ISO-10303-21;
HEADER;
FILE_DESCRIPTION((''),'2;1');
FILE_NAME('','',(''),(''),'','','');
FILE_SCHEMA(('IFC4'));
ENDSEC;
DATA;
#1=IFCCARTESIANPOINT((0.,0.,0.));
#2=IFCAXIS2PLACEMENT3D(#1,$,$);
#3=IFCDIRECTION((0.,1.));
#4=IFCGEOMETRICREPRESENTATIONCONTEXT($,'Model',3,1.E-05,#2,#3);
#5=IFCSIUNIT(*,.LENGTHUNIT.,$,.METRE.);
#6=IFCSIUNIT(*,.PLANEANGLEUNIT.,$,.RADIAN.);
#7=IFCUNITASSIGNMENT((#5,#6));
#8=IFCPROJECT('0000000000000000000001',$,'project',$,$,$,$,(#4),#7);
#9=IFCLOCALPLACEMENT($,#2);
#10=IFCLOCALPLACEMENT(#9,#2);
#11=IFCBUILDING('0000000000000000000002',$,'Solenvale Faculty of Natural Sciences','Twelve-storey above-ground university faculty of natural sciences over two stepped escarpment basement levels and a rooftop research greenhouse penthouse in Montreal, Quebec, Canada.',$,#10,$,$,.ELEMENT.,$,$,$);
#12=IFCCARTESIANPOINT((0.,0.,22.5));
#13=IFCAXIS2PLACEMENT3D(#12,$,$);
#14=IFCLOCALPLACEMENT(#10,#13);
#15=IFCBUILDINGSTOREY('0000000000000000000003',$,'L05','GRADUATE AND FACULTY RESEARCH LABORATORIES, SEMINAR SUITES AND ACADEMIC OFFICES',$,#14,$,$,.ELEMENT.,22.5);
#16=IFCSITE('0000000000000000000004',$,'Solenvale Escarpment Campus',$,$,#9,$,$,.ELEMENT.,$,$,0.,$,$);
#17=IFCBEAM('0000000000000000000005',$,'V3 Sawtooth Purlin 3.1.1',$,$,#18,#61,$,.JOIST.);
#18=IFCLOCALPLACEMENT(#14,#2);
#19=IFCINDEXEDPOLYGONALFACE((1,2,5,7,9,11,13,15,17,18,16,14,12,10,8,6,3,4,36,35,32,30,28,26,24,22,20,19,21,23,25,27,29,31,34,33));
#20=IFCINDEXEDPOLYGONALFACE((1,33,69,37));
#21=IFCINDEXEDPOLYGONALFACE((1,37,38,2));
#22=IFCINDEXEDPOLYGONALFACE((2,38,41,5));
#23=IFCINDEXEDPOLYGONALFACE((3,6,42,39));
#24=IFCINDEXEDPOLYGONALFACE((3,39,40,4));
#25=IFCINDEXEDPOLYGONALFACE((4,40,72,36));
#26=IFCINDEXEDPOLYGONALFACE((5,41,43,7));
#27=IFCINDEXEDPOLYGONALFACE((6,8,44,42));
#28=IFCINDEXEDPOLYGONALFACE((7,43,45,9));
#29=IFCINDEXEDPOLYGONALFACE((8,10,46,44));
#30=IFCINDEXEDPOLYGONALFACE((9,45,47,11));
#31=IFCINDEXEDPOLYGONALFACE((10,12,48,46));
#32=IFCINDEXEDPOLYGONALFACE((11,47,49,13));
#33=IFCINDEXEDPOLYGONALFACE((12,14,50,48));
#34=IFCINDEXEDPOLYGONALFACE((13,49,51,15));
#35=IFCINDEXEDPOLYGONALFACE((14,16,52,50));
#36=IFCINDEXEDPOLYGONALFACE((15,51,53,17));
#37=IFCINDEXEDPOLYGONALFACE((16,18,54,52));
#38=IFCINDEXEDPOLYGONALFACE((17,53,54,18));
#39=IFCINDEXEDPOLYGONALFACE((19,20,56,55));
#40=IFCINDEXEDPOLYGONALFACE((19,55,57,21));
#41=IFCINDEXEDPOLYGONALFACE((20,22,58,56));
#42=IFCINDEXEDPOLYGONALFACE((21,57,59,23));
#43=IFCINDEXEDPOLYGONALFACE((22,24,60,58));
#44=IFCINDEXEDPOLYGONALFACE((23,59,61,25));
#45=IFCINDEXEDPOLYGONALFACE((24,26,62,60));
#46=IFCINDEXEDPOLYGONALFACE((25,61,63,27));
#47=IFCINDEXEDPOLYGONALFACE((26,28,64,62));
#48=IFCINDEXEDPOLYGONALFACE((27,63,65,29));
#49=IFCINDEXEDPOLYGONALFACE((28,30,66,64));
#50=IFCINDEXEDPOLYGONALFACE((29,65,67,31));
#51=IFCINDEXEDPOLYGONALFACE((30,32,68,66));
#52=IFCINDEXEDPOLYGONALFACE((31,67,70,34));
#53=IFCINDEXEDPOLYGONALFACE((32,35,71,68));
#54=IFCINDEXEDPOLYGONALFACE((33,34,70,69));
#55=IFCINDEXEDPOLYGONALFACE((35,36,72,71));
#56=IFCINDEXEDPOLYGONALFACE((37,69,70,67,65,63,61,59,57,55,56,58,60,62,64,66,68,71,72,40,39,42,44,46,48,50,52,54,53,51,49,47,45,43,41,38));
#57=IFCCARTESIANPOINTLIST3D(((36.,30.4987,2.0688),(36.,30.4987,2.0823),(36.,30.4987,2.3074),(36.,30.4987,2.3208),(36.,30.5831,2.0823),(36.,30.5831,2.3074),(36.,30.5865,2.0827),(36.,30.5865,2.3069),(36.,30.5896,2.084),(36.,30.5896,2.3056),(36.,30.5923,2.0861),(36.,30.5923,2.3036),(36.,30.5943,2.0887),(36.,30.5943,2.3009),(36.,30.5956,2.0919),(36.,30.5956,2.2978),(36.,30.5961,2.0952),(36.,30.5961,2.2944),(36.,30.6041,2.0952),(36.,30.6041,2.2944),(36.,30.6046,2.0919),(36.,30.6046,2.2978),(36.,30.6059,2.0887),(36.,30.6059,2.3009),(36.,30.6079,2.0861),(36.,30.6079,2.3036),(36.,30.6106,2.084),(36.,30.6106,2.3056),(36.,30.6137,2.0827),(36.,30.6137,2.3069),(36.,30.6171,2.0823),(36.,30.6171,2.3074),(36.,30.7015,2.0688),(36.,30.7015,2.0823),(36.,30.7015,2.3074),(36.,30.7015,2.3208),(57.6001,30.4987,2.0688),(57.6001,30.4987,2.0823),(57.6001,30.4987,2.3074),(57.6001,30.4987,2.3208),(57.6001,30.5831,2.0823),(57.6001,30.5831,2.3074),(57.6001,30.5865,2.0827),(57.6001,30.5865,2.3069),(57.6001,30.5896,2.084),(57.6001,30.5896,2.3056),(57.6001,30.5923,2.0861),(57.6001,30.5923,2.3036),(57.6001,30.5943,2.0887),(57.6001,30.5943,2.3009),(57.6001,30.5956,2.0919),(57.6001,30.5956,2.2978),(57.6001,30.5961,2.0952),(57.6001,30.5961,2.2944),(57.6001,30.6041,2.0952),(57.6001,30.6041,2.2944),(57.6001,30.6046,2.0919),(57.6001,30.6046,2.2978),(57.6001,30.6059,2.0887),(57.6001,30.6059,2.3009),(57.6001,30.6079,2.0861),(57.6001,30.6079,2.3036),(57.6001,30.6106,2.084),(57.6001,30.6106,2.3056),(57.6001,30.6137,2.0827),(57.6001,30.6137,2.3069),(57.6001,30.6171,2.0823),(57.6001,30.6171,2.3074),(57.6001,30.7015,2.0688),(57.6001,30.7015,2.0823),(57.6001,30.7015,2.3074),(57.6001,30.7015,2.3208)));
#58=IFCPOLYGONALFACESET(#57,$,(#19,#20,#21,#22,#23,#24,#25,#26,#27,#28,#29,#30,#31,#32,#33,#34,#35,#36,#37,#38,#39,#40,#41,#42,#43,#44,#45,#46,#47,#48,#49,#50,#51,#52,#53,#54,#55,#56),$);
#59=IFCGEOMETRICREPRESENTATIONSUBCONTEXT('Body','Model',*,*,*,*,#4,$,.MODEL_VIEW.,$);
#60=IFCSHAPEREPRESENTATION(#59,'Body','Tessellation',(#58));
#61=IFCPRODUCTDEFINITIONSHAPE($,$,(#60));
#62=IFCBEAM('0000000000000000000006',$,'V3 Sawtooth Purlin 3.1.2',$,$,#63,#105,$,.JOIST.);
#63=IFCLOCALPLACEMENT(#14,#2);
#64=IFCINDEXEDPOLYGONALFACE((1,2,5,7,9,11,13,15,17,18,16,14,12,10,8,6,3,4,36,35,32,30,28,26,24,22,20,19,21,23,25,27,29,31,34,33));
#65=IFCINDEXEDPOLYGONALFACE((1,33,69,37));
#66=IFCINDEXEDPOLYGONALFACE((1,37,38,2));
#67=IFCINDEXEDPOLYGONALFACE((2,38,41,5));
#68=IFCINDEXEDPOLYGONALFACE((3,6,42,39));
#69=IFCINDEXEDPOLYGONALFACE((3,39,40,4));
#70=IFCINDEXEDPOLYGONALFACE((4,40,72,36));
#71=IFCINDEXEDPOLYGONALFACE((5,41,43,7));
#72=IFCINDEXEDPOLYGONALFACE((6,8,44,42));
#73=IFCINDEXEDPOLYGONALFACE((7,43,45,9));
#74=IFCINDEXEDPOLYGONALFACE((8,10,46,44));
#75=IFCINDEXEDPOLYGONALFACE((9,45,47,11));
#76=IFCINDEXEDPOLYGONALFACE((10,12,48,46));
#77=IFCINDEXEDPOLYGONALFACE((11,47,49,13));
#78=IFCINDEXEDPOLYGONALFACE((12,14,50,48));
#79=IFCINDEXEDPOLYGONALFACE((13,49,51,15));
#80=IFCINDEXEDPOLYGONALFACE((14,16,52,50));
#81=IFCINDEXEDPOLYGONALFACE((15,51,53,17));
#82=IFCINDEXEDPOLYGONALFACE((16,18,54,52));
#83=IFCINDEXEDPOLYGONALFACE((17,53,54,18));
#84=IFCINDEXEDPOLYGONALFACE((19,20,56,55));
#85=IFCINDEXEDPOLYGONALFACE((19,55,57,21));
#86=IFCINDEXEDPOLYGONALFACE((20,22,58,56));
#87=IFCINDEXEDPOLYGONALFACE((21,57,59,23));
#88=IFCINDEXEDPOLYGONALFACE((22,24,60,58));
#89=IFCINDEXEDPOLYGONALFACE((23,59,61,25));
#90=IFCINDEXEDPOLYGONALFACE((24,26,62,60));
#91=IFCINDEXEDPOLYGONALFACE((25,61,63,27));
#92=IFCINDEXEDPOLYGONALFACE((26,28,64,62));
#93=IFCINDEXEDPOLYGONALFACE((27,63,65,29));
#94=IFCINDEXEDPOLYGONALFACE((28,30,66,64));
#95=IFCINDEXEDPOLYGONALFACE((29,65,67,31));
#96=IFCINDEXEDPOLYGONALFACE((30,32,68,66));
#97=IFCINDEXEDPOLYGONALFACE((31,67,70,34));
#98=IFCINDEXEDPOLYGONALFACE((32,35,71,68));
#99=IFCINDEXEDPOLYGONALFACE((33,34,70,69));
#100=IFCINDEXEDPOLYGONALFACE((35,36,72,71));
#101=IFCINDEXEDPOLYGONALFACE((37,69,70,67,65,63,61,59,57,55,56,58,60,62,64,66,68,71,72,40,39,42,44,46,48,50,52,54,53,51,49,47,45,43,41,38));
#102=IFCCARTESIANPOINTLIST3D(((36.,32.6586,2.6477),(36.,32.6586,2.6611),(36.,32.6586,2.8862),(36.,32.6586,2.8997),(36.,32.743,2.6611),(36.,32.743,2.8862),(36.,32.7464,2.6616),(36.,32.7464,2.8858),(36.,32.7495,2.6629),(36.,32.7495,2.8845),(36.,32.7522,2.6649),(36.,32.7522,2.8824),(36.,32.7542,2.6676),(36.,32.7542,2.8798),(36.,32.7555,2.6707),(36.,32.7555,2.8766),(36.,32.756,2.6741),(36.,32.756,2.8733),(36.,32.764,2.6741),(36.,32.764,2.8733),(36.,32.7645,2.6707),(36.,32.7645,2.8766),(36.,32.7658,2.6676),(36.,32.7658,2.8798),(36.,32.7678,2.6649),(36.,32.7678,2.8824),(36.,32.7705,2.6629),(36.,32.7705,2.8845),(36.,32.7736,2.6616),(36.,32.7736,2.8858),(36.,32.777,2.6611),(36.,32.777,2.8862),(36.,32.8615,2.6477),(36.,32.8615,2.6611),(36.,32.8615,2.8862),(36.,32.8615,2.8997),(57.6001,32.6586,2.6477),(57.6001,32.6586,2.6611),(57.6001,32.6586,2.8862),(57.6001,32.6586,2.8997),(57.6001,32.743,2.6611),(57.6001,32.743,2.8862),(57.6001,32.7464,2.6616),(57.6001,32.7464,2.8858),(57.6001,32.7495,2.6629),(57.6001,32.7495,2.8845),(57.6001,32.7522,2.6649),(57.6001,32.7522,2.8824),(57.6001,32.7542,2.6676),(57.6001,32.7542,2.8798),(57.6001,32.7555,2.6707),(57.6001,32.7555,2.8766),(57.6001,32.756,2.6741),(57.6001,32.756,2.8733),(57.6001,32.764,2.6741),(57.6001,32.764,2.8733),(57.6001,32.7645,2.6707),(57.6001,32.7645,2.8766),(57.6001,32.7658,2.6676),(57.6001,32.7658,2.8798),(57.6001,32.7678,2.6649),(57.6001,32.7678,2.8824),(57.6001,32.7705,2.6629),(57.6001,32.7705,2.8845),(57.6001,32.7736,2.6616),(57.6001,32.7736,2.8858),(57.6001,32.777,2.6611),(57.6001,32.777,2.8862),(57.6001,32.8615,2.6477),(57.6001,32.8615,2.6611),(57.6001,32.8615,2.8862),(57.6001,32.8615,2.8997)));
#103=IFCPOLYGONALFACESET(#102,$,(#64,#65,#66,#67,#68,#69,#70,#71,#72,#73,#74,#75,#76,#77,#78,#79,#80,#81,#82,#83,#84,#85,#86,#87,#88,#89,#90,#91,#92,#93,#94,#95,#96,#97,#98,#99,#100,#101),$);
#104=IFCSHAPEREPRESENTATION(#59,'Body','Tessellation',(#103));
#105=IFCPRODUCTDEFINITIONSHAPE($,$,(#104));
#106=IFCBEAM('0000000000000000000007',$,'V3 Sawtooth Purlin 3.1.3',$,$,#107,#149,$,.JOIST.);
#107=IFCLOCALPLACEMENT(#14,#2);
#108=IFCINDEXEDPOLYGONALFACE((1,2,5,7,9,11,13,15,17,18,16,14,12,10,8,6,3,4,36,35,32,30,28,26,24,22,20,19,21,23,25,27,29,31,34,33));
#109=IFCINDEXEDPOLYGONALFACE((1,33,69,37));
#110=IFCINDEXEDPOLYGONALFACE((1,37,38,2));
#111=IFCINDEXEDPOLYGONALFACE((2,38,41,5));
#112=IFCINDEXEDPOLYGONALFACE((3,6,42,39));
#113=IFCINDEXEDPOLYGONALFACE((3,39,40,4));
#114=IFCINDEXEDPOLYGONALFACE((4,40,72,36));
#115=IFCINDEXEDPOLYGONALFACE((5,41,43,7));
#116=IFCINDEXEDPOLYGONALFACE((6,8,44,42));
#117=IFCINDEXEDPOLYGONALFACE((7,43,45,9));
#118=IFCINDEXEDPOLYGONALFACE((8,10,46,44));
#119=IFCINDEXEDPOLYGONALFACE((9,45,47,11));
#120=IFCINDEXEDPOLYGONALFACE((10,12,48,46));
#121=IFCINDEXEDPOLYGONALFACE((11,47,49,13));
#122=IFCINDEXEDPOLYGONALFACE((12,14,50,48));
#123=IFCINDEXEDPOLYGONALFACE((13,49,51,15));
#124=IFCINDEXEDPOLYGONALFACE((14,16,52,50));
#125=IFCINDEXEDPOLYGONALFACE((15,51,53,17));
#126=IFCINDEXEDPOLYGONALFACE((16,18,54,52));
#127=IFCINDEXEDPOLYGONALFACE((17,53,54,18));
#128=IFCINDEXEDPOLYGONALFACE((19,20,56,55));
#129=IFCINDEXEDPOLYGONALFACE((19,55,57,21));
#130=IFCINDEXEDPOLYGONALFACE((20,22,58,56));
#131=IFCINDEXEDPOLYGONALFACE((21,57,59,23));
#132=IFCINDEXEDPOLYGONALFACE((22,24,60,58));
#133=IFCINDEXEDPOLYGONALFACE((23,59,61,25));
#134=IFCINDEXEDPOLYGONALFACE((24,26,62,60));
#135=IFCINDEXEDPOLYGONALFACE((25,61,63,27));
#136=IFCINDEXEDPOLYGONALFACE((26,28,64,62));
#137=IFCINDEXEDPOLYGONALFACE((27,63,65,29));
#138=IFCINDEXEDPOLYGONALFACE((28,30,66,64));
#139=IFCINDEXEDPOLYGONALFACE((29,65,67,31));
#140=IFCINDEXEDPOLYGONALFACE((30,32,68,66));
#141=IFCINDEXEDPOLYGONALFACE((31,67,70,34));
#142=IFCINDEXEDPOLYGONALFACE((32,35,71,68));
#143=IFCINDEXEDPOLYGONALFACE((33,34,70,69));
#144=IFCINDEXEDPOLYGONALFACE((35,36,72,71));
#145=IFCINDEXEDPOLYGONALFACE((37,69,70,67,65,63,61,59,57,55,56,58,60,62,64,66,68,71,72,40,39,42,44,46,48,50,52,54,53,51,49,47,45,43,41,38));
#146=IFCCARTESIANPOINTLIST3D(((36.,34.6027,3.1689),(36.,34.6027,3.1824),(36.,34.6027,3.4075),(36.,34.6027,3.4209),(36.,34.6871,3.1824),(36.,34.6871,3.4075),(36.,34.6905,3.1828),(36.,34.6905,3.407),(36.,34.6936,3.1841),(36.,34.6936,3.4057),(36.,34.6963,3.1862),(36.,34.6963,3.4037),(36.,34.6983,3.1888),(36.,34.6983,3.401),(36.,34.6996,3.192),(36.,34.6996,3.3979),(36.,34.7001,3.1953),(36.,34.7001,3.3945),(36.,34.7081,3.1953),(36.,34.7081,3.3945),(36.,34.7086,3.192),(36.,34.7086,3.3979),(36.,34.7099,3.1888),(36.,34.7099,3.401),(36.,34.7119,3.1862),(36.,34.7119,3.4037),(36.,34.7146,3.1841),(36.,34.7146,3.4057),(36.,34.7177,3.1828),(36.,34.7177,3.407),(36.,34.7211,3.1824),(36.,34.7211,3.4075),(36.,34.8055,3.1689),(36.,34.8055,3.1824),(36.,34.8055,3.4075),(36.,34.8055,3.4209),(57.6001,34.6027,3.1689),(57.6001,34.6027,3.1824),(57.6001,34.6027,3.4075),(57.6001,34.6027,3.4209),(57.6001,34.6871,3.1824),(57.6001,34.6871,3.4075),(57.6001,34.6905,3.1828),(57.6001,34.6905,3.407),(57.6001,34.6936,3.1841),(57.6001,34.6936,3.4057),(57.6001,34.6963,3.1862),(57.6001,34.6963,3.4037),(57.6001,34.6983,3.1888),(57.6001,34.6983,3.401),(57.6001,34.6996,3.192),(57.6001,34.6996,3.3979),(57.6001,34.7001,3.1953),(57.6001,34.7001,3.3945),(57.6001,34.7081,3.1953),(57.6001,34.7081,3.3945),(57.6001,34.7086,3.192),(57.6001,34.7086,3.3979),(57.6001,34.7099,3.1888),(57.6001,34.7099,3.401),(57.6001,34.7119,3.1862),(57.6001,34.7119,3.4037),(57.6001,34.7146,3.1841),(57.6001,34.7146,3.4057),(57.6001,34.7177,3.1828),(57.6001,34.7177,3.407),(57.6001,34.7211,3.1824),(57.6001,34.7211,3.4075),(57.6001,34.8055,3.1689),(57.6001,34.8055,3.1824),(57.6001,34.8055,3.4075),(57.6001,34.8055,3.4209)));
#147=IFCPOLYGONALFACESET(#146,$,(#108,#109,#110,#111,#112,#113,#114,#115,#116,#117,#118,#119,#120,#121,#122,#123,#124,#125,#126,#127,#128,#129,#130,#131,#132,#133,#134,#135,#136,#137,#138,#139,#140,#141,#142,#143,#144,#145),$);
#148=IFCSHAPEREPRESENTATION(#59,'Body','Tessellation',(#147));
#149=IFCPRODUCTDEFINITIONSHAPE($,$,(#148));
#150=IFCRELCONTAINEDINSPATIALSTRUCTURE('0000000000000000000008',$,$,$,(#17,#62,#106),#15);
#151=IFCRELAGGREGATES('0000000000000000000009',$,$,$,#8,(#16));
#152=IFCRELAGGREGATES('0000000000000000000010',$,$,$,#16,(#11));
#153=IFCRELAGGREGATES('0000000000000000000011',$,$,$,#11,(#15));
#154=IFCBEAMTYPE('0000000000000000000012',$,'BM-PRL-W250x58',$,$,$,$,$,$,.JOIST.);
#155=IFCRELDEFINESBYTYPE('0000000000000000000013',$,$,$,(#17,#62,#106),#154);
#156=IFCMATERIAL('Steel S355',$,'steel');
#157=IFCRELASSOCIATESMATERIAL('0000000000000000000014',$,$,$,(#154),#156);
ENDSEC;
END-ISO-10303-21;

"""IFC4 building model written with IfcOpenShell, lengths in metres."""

from ifc_helpers import new_model, si_unit, direction, frame, origin, origin_2d, place, context, subcontext, project, spatial, i_section, extrude, material, material_profile, profile_set, type_object, element, save


model = new_model("IFC4")

# Units and contexts
model_context = context("Model", 3, precision=1e-05, world=origin(), true_north=direction((0.0, 1.0)))
body_context = subcontext(model_context, "Body", "Model", "MODEL_VIEW")
ifc_project = project(units=[si_unit("LENGTHUNIT", "METRE"), si_unit("PLANEANGLEUNIT", "RADIAN")], contexts=[model_context])

# Site, building, storey
site_placement = place(None, origin())
site = spatial("IfcSite", under=ifc_project, at=site_placement, Name="Solenvale Escarpment Campus", CompositionType="ELEMENT", RefElevation=0.0)
building_placement = place(site_placement, origin())
building = spatial("IfcBuilding", under=site, at=building_placement, Name="Solenvale Faculty of Natural Sciences", Description="Twelve-storey above-ground university faculty of natural sciences over two stepped escarpment basement levels and a rooftop research greenhouse penthouse in Montreal, Quebec, Canada.", CompositionType="ELEMENT")
storey_placement = place(building_placement, frame((0.0, 0.0, 22.5)))
storey = spatial("IfcBuildingStorey", under=building, at=storey_placement, Name="L05", Description="GRADUATE AND FACULTY RESEARCH LABORATORIES, SEMINAR SUITES AND ACADEMIC OFFICES", CompositionType="ELEMENT", Elevation=22.5)

# Beams
ifc_material_1 = material(Name="Steel S355", Category="steel")
ifc_material_profile_1 = material_profile(ifc_material_1, i_section(OverallWidth=0.2029, OverallDepth=0.252, WebThickness=0.0081, FlangeThickness=0.0134, FilletRadius=0.0129, at=origin_2d()), Name="W250x58")
ifc_profile_set_1 = profile_set([ifc_material_profile_1], Name="Steel S355")
beam_type_1 = type_object("IfcBeamType", Name="BM-PRL-W250x58", PredefinedType="JOIST", material=ifc_profile_set_1)
for number, where, z_axis, x_axis, name in (
    (1, (36.0, 30.6001, 2.1948), (1.0, 0.0, 0.0), (0.0, 1.0, 0.0), "V3 Sawtooth Purlin 3.1.1"),
    (2, (36.0, 32.76, 2.7737), (1.0, 0.0, 0.0), (0.0, 1.0, 0.0), "V3 Sawtooth Purlin 3.1.2"),
    (3, (36.0, 34.7041, 3.2949), (1.0, 0.0, 0.0), (0.0, 1.0, 0.0), "V3 Sawtooth Purlin 3.1.3"),
):
    element("IfcBeam", number, at=place(storey_placement, frame(where, z_axis=z_axis, x_axis=x_axis)), inside=storey, type_object=beam_type_1, Name=name, PredefinedType="JOIST", context=body_context, shape_type="SweptSolid", body=[
        extrude(i_section(OverallWidth=0.2029, OverallDepth=0.252, WebThickness=0.0081, FlangeThickness=0.0134, FilletRadius=0.0129, at=origin_2d()), origin(), (0.0, 0.0, 1.0), 21.6001),
    ])

save(model, "model.ifc")
